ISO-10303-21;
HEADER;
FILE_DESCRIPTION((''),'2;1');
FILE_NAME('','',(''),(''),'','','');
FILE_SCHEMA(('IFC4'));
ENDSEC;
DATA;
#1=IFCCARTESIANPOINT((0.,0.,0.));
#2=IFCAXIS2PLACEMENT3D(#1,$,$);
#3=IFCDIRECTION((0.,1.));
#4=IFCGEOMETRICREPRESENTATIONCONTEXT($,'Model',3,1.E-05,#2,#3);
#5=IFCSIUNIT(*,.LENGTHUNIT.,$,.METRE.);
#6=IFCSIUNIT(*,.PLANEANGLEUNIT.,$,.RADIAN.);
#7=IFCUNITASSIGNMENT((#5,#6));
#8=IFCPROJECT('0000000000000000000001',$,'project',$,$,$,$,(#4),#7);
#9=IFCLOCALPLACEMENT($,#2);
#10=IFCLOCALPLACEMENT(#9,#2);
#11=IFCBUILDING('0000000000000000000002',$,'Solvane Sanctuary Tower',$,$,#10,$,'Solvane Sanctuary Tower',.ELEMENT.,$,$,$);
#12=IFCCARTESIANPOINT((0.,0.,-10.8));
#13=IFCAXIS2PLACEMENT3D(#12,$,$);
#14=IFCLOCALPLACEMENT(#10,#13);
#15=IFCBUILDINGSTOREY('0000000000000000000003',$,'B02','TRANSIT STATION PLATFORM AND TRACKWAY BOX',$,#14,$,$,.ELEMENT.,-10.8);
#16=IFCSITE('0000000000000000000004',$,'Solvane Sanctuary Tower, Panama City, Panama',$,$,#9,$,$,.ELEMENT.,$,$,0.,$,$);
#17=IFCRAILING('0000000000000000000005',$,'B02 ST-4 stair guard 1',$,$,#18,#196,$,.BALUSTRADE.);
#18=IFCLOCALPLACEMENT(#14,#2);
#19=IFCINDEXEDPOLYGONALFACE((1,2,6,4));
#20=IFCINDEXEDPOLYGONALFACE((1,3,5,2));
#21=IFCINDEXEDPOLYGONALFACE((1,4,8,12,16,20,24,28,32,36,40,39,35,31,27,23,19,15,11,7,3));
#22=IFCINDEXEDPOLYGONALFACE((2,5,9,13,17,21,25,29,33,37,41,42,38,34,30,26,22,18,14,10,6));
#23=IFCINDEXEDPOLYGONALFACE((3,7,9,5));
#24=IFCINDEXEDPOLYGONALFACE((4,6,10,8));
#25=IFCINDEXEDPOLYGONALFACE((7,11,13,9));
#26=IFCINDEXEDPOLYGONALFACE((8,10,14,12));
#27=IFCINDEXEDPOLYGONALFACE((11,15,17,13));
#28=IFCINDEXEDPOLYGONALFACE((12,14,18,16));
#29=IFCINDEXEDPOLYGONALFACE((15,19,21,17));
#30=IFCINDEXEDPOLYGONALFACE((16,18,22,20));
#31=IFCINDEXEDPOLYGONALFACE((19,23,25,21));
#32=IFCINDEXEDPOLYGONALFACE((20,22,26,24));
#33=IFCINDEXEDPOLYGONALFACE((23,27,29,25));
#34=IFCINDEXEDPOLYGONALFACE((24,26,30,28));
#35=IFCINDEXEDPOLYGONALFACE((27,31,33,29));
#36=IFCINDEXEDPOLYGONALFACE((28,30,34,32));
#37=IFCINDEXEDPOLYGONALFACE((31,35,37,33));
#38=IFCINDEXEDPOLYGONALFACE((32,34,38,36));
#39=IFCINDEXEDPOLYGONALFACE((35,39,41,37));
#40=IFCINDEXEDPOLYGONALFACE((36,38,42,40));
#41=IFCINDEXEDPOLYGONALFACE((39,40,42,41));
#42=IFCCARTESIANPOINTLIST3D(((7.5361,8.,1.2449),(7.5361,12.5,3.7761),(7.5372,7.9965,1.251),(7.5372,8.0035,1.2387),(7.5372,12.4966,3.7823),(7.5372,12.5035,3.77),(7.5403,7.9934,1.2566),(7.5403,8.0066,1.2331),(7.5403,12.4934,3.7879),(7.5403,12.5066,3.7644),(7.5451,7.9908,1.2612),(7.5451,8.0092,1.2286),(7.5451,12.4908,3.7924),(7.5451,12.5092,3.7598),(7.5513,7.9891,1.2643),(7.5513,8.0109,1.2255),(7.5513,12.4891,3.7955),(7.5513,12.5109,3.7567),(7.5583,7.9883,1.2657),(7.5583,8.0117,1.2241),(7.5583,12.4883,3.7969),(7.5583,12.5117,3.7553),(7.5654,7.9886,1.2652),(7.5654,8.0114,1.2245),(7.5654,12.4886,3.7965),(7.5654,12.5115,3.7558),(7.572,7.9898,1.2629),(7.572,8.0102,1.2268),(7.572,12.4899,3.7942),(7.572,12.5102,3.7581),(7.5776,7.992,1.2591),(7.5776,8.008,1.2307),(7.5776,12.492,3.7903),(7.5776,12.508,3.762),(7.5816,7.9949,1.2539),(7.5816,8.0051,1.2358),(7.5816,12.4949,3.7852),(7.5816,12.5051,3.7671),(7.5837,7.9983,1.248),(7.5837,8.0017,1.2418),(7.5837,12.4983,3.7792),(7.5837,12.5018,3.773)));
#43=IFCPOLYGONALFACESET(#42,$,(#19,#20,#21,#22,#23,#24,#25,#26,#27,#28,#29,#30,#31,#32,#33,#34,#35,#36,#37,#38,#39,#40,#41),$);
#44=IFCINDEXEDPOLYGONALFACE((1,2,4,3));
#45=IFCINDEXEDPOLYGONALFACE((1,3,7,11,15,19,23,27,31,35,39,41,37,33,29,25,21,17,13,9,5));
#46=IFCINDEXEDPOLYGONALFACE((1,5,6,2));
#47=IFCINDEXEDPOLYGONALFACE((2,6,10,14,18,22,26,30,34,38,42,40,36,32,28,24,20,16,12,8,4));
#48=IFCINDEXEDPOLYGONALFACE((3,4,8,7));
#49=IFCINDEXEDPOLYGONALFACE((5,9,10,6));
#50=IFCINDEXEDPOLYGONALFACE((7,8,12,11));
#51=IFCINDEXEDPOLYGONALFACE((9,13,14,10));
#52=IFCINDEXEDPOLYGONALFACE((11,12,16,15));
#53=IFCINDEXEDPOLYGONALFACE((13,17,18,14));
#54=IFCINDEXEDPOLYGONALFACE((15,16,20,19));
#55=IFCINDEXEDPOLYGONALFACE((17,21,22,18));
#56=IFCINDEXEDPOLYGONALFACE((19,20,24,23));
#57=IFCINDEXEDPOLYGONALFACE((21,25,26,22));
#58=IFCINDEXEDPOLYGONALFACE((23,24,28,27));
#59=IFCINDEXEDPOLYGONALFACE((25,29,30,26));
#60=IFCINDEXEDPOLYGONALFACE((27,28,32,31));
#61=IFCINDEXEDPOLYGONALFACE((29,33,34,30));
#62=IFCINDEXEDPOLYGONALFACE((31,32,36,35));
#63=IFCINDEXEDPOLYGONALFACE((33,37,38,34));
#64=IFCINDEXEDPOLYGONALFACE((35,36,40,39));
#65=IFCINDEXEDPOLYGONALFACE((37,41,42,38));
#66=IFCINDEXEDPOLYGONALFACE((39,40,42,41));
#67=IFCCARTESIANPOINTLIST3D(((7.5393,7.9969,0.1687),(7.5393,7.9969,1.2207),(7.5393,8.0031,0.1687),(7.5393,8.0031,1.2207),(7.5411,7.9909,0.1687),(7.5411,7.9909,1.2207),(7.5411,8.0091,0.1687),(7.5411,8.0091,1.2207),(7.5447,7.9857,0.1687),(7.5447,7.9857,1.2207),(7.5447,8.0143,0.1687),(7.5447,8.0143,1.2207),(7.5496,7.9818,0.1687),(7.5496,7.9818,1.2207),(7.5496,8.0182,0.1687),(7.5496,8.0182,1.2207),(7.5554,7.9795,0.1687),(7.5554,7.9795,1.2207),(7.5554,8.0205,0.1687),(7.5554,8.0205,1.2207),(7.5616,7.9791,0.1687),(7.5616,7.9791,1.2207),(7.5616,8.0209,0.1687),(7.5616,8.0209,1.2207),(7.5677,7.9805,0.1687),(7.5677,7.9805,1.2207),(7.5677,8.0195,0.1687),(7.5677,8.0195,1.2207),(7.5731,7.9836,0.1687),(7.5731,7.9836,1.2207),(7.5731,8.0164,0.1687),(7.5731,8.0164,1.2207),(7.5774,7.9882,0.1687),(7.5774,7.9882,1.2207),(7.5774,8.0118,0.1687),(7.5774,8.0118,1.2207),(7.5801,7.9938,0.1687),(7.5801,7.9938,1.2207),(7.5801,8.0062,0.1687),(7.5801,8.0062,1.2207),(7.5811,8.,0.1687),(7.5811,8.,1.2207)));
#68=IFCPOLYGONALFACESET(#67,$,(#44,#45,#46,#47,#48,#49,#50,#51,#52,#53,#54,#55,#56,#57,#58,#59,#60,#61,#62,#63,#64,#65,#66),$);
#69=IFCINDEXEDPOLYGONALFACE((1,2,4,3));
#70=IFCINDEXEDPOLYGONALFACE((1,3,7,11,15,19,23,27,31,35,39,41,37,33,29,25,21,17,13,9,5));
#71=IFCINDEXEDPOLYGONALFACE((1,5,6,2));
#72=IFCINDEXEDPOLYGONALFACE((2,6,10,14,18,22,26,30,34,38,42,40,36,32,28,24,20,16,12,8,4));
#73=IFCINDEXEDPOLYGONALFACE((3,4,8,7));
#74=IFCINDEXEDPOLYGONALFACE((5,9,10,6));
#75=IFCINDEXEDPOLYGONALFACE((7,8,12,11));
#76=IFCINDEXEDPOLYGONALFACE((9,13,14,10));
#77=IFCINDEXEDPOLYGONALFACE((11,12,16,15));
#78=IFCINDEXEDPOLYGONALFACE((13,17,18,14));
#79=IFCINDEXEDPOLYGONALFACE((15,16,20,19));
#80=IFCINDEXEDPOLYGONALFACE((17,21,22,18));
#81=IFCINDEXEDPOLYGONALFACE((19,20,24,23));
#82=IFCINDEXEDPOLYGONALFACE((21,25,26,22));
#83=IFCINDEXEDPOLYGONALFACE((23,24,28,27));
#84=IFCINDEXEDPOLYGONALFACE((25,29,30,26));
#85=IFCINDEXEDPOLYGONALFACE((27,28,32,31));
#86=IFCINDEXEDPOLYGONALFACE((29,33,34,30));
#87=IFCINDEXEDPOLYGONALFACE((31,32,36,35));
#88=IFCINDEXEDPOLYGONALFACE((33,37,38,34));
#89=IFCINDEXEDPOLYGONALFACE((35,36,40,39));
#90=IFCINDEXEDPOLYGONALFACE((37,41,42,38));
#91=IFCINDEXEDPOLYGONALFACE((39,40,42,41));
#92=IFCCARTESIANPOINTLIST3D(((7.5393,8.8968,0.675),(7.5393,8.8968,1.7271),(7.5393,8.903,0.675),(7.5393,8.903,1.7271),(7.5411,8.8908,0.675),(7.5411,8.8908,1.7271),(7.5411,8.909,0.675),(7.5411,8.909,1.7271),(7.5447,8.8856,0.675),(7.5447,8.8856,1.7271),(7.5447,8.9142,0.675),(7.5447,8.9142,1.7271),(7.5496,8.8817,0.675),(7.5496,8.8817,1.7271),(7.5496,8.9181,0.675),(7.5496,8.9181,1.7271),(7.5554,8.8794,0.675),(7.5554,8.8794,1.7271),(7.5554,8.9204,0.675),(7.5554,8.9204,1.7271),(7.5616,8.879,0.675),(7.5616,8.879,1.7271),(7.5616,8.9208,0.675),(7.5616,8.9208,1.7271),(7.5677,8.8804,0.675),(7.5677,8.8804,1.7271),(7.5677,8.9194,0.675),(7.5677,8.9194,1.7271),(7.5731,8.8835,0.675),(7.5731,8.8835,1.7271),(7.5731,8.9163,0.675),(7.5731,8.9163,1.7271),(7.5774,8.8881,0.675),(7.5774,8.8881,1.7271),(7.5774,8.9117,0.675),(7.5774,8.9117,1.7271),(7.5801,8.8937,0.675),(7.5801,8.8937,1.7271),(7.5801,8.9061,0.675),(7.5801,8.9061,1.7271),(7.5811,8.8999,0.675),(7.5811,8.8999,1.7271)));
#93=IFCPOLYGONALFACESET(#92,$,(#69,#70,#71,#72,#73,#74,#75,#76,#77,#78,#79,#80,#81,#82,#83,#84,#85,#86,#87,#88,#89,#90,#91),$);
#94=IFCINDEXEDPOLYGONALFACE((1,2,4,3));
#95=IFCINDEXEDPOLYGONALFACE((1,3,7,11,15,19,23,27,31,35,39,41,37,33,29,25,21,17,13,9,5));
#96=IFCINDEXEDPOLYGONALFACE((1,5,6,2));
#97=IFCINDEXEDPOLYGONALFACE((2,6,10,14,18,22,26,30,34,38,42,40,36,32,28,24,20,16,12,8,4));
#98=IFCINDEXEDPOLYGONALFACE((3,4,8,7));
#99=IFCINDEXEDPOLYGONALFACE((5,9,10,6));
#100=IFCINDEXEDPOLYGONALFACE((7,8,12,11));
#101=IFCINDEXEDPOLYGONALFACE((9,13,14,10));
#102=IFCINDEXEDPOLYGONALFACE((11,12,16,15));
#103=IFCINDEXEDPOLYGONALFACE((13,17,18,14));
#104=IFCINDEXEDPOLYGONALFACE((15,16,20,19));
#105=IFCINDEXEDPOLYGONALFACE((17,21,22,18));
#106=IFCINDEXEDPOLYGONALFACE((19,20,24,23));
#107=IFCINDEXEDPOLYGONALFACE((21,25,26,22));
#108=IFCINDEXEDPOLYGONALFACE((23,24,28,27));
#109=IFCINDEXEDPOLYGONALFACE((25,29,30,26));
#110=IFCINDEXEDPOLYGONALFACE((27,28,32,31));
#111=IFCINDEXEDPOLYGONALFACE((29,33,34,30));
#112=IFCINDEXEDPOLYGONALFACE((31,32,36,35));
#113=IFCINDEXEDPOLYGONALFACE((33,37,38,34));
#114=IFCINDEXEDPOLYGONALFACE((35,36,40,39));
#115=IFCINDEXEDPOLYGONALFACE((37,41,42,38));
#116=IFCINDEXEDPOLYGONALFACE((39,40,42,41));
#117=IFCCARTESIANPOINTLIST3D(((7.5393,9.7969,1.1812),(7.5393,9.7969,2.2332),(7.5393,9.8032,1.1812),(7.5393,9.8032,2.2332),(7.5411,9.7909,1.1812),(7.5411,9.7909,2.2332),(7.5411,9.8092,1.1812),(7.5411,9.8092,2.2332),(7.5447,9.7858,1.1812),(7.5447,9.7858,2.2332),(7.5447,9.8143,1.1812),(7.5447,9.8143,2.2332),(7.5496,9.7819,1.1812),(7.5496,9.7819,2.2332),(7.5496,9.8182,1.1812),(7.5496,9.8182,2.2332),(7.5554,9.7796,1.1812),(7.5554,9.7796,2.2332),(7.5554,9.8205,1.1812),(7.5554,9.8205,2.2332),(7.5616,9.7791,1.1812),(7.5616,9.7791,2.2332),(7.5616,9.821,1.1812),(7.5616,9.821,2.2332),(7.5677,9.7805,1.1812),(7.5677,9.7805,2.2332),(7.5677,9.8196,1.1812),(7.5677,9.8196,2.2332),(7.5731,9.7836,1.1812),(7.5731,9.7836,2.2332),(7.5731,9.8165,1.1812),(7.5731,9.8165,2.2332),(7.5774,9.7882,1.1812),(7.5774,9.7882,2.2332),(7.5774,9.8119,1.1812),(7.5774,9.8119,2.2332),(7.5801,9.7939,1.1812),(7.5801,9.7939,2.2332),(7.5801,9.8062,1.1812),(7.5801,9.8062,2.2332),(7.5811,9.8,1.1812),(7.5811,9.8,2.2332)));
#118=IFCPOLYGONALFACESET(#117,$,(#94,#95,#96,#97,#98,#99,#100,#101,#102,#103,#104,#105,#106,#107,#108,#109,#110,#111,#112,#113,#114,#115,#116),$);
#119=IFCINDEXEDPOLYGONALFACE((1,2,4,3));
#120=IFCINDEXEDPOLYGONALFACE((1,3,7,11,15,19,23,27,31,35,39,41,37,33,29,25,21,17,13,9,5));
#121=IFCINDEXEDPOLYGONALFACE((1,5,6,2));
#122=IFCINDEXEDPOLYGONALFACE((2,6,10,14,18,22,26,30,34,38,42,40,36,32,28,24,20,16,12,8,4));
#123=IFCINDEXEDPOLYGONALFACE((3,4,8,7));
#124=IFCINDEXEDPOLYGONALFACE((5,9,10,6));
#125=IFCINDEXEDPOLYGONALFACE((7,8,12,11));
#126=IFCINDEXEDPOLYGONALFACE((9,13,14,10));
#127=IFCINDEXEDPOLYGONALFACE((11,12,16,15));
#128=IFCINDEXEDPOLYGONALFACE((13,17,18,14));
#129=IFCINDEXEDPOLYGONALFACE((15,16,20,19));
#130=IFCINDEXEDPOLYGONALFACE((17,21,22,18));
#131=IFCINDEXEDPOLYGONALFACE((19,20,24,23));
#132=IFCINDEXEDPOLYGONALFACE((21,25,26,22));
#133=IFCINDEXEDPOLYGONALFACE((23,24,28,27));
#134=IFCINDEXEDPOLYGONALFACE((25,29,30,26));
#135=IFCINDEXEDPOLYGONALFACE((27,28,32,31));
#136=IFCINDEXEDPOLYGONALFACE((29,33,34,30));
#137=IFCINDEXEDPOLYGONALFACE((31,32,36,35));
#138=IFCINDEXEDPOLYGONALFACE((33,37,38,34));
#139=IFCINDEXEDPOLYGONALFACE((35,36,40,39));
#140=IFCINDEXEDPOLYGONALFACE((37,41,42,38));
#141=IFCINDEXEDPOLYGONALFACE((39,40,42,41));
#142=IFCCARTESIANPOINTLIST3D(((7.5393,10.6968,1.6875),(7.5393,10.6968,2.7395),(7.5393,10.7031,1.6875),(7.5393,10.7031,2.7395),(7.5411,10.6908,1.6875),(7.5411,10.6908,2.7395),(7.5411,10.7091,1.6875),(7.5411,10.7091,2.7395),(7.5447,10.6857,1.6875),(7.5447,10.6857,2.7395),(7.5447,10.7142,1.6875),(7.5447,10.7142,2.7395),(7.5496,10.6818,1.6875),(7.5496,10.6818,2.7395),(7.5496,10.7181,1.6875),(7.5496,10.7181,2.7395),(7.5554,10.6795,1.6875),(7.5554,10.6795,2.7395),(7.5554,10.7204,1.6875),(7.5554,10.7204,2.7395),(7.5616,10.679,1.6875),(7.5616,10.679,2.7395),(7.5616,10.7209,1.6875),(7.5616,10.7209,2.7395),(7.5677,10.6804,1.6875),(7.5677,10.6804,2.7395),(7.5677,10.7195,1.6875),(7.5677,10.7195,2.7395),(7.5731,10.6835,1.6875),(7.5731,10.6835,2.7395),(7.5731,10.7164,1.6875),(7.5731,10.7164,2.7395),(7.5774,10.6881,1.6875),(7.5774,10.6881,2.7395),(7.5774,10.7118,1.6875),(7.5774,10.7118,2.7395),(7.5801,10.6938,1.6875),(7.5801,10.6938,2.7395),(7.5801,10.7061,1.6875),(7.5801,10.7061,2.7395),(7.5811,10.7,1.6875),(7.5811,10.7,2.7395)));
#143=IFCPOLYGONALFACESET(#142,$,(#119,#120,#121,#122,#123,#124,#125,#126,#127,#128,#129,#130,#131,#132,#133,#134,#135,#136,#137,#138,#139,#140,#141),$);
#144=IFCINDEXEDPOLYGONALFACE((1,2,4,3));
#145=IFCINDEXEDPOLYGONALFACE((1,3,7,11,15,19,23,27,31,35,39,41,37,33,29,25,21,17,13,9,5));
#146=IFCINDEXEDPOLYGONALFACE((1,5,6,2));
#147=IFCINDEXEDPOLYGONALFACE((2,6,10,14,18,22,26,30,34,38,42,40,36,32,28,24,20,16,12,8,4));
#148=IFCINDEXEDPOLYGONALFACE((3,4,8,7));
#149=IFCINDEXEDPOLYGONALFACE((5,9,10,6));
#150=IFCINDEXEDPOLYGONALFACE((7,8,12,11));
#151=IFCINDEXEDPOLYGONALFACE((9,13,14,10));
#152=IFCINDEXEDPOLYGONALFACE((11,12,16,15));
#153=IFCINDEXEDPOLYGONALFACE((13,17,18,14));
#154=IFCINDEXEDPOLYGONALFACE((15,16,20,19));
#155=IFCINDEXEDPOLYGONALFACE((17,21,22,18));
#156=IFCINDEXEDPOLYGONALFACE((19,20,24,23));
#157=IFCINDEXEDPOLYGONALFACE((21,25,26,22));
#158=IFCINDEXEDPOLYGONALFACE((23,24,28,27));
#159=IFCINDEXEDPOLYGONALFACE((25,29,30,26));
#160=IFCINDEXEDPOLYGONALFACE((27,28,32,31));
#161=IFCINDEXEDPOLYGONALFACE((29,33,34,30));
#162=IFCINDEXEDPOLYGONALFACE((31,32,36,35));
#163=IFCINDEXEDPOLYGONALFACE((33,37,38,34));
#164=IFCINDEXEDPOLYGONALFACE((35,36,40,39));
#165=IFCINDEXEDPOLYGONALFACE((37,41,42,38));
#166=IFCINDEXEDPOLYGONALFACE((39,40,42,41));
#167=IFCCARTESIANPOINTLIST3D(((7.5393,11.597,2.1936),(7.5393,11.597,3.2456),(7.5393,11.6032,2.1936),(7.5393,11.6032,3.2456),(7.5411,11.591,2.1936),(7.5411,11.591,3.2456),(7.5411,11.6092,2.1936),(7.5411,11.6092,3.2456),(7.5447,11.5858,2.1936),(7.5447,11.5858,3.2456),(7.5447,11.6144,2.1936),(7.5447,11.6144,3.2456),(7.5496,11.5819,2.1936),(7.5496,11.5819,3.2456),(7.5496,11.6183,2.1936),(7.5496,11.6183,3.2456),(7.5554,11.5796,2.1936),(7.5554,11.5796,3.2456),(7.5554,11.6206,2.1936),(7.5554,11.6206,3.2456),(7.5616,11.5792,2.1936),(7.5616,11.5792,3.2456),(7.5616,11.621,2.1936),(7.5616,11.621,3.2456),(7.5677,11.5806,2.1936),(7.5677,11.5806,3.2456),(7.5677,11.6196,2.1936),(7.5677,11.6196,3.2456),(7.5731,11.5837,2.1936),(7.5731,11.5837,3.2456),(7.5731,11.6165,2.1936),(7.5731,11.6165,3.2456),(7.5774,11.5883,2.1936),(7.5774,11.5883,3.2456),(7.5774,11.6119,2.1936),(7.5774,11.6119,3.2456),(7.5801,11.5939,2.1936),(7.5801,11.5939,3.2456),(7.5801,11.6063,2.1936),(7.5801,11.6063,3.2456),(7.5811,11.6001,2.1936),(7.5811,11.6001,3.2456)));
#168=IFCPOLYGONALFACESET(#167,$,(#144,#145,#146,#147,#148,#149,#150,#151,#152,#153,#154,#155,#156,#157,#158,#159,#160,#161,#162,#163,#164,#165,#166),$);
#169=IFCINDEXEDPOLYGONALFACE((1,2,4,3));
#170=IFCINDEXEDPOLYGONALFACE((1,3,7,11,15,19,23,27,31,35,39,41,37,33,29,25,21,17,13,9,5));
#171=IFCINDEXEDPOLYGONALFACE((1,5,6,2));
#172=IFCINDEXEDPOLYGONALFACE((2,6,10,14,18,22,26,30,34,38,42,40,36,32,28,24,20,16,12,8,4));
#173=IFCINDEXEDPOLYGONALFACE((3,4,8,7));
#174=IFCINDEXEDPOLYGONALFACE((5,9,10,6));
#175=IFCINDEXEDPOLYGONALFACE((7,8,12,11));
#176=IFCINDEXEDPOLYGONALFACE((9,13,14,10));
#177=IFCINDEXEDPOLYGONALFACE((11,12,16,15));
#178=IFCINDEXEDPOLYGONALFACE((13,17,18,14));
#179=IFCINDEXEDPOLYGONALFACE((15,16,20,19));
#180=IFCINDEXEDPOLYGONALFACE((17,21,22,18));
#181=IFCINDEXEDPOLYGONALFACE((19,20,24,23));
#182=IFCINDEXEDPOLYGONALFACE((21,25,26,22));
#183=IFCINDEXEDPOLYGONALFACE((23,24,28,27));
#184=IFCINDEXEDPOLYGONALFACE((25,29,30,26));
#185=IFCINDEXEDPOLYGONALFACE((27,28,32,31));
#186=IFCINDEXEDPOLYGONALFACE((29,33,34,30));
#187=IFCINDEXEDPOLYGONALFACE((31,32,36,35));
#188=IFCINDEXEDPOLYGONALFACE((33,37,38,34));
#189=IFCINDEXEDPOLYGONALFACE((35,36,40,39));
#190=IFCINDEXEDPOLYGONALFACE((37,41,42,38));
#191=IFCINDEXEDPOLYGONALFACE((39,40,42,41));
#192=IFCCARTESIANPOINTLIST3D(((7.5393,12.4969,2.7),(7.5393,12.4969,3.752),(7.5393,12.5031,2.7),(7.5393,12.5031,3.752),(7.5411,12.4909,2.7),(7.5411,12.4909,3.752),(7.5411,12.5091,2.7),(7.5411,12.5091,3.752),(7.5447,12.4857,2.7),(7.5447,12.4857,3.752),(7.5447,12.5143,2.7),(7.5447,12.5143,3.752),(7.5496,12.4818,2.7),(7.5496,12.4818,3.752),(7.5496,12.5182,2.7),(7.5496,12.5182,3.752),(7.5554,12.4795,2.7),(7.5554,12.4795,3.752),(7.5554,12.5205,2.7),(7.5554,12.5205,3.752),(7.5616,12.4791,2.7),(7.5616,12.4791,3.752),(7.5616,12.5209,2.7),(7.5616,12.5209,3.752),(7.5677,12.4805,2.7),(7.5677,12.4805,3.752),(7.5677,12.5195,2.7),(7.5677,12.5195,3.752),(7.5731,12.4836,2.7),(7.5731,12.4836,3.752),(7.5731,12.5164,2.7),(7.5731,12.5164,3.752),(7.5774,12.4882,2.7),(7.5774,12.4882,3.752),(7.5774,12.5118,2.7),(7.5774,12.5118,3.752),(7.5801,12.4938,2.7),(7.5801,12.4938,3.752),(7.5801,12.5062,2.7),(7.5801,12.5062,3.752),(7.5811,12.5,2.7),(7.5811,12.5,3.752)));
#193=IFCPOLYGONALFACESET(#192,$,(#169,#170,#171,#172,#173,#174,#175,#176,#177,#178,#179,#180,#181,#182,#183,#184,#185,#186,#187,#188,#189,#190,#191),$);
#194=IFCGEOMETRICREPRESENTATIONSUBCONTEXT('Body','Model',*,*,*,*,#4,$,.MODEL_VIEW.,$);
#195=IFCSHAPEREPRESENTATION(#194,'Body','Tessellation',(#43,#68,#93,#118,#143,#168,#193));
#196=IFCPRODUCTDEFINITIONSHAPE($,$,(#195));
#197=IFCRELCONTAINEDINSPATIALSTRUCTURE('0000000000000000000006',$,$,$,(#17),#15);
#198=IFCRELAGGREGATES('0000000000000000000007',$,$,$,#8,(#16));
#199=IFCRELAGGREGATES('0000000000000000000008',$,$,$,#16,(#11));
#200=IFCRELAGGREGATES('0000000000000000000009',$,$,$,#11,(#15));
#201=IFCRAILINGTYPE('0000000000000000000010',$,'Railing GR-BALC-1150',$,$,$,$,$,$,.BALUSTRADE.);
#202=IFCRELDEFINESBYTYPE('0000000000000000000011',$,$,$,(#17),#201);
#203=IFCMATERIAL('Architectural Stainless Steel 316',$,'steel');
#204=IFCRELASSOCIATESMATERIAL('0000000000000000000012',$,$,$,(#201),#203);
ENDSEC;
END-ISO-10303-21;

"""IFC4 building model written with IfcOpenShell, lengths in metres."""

from ifc_helpers import new_model, si_unit, direction, frame, origin, origin_2d, place, context, subcontext, project, spatial, circle, extrude, material, type_object, element, save


model = new_model("IFC4")

# Units and contexts
model_context = context("Model", 3, precision=1e-05, world=origin(), true_north=direction((0.0, 1.0)))
body_context = subcontext(model_context, "Body", "Model", "MODEL_VIEW")
ifc_project = project(units=[si_unit("LENGTHUNIT", "METRE"), si_unit("PLANEANGLEUNIT", "RADIAN")], contexts=[model_context])

# Site, building, storey
site_placement = place(None, origin())
site = spatial("IfcSite", under=ifc_project, at=site_placement, Name="Solvane Sanctuary Tower, Panama City, Panama", CompositionType="ELEMENT", RefElevation=0.0)
building_placement = place(site_placement, origin())
building = spatial("IfcBuilding", under=site, at=building_placement, Name="Solvane Sanctuary Tower", LongName="Solvane Sanctuary Tower", CompositionType="ELEMENT")
storey_placement = place(building_placement, frame((0.0, 0.0, -10.8)))
storey = spatial("IfcBuildingStorey", under=building, at=storey_placement, Name="B02", Description="TRANSIT STATION PLATFORM AND TRACKWAY BOX", CompositionType="ELEMENT", Elevation=-10.8)

# Shared definitions
ifc_material_1 = material(Name="Architectural Stainless Steel 316", Category="steel")

# Railing
railing_type_1 = type_object("IfcRailingType", Name="Railing GR-BALC-1150", PredefinedType="BALUSTRADE", material=ifc_material_1)
railing_1_placement = place(storey_placement, frame((7.5601, 8.0, 0.1687)))
element("IfcRailing", 1, at=railing_1_placement, inside=storey, type_object=railing_type_1, Name="B02 ST-4 stair guard 1", PredefinedType="BALUSTRADE", context=body_context, shape_type="SweptSolid", body=[
    extrude(circle(Radius=0.0239, at=origin_2d()), frame((0.0, 0.0, 1.0762), z_axis=(0.0, 0.871576, 0.490261), x_axis=(-1.0, 0.0, 0.0)), (0.0, 0.0, 1.0), 5.1631),
    extrude(circle(Radius=0.021, at=origin_2d()), origin(), (0.0, 0.0, 1.0), 1.052),
    extrude(circle(Radius=0.021, at=origin_2d()), frame((0.0, 0.8999, 0.5063)), (0.0, 0.0, 1.0), 1.052),
    extrude(circle(Radius=0.021, at=origin_2d()), frame((0.0, 1.8, 1.0125)), (0.0, 0.0, 1.0), 1.052),
    extrude(circle(Radius=0.021, at=origin_2d()), frame((0.0, 2.7, 1.5188)), (0.0, 0.0, 1.0), 1.052),
    extrude(circle(Radius=0.021, at=origin_2d()), frame((0.0, 3.6001, 2.0249)), (0.0, 0.0, 1.0), 1.052),
    extrude(circle(Radius=0.021, at=origin_2d()), frame((0.0, 4.5, 2.5312)), (0.0, 0.0, 1.0), 1.052),
])

save(model, "model.ifc")
